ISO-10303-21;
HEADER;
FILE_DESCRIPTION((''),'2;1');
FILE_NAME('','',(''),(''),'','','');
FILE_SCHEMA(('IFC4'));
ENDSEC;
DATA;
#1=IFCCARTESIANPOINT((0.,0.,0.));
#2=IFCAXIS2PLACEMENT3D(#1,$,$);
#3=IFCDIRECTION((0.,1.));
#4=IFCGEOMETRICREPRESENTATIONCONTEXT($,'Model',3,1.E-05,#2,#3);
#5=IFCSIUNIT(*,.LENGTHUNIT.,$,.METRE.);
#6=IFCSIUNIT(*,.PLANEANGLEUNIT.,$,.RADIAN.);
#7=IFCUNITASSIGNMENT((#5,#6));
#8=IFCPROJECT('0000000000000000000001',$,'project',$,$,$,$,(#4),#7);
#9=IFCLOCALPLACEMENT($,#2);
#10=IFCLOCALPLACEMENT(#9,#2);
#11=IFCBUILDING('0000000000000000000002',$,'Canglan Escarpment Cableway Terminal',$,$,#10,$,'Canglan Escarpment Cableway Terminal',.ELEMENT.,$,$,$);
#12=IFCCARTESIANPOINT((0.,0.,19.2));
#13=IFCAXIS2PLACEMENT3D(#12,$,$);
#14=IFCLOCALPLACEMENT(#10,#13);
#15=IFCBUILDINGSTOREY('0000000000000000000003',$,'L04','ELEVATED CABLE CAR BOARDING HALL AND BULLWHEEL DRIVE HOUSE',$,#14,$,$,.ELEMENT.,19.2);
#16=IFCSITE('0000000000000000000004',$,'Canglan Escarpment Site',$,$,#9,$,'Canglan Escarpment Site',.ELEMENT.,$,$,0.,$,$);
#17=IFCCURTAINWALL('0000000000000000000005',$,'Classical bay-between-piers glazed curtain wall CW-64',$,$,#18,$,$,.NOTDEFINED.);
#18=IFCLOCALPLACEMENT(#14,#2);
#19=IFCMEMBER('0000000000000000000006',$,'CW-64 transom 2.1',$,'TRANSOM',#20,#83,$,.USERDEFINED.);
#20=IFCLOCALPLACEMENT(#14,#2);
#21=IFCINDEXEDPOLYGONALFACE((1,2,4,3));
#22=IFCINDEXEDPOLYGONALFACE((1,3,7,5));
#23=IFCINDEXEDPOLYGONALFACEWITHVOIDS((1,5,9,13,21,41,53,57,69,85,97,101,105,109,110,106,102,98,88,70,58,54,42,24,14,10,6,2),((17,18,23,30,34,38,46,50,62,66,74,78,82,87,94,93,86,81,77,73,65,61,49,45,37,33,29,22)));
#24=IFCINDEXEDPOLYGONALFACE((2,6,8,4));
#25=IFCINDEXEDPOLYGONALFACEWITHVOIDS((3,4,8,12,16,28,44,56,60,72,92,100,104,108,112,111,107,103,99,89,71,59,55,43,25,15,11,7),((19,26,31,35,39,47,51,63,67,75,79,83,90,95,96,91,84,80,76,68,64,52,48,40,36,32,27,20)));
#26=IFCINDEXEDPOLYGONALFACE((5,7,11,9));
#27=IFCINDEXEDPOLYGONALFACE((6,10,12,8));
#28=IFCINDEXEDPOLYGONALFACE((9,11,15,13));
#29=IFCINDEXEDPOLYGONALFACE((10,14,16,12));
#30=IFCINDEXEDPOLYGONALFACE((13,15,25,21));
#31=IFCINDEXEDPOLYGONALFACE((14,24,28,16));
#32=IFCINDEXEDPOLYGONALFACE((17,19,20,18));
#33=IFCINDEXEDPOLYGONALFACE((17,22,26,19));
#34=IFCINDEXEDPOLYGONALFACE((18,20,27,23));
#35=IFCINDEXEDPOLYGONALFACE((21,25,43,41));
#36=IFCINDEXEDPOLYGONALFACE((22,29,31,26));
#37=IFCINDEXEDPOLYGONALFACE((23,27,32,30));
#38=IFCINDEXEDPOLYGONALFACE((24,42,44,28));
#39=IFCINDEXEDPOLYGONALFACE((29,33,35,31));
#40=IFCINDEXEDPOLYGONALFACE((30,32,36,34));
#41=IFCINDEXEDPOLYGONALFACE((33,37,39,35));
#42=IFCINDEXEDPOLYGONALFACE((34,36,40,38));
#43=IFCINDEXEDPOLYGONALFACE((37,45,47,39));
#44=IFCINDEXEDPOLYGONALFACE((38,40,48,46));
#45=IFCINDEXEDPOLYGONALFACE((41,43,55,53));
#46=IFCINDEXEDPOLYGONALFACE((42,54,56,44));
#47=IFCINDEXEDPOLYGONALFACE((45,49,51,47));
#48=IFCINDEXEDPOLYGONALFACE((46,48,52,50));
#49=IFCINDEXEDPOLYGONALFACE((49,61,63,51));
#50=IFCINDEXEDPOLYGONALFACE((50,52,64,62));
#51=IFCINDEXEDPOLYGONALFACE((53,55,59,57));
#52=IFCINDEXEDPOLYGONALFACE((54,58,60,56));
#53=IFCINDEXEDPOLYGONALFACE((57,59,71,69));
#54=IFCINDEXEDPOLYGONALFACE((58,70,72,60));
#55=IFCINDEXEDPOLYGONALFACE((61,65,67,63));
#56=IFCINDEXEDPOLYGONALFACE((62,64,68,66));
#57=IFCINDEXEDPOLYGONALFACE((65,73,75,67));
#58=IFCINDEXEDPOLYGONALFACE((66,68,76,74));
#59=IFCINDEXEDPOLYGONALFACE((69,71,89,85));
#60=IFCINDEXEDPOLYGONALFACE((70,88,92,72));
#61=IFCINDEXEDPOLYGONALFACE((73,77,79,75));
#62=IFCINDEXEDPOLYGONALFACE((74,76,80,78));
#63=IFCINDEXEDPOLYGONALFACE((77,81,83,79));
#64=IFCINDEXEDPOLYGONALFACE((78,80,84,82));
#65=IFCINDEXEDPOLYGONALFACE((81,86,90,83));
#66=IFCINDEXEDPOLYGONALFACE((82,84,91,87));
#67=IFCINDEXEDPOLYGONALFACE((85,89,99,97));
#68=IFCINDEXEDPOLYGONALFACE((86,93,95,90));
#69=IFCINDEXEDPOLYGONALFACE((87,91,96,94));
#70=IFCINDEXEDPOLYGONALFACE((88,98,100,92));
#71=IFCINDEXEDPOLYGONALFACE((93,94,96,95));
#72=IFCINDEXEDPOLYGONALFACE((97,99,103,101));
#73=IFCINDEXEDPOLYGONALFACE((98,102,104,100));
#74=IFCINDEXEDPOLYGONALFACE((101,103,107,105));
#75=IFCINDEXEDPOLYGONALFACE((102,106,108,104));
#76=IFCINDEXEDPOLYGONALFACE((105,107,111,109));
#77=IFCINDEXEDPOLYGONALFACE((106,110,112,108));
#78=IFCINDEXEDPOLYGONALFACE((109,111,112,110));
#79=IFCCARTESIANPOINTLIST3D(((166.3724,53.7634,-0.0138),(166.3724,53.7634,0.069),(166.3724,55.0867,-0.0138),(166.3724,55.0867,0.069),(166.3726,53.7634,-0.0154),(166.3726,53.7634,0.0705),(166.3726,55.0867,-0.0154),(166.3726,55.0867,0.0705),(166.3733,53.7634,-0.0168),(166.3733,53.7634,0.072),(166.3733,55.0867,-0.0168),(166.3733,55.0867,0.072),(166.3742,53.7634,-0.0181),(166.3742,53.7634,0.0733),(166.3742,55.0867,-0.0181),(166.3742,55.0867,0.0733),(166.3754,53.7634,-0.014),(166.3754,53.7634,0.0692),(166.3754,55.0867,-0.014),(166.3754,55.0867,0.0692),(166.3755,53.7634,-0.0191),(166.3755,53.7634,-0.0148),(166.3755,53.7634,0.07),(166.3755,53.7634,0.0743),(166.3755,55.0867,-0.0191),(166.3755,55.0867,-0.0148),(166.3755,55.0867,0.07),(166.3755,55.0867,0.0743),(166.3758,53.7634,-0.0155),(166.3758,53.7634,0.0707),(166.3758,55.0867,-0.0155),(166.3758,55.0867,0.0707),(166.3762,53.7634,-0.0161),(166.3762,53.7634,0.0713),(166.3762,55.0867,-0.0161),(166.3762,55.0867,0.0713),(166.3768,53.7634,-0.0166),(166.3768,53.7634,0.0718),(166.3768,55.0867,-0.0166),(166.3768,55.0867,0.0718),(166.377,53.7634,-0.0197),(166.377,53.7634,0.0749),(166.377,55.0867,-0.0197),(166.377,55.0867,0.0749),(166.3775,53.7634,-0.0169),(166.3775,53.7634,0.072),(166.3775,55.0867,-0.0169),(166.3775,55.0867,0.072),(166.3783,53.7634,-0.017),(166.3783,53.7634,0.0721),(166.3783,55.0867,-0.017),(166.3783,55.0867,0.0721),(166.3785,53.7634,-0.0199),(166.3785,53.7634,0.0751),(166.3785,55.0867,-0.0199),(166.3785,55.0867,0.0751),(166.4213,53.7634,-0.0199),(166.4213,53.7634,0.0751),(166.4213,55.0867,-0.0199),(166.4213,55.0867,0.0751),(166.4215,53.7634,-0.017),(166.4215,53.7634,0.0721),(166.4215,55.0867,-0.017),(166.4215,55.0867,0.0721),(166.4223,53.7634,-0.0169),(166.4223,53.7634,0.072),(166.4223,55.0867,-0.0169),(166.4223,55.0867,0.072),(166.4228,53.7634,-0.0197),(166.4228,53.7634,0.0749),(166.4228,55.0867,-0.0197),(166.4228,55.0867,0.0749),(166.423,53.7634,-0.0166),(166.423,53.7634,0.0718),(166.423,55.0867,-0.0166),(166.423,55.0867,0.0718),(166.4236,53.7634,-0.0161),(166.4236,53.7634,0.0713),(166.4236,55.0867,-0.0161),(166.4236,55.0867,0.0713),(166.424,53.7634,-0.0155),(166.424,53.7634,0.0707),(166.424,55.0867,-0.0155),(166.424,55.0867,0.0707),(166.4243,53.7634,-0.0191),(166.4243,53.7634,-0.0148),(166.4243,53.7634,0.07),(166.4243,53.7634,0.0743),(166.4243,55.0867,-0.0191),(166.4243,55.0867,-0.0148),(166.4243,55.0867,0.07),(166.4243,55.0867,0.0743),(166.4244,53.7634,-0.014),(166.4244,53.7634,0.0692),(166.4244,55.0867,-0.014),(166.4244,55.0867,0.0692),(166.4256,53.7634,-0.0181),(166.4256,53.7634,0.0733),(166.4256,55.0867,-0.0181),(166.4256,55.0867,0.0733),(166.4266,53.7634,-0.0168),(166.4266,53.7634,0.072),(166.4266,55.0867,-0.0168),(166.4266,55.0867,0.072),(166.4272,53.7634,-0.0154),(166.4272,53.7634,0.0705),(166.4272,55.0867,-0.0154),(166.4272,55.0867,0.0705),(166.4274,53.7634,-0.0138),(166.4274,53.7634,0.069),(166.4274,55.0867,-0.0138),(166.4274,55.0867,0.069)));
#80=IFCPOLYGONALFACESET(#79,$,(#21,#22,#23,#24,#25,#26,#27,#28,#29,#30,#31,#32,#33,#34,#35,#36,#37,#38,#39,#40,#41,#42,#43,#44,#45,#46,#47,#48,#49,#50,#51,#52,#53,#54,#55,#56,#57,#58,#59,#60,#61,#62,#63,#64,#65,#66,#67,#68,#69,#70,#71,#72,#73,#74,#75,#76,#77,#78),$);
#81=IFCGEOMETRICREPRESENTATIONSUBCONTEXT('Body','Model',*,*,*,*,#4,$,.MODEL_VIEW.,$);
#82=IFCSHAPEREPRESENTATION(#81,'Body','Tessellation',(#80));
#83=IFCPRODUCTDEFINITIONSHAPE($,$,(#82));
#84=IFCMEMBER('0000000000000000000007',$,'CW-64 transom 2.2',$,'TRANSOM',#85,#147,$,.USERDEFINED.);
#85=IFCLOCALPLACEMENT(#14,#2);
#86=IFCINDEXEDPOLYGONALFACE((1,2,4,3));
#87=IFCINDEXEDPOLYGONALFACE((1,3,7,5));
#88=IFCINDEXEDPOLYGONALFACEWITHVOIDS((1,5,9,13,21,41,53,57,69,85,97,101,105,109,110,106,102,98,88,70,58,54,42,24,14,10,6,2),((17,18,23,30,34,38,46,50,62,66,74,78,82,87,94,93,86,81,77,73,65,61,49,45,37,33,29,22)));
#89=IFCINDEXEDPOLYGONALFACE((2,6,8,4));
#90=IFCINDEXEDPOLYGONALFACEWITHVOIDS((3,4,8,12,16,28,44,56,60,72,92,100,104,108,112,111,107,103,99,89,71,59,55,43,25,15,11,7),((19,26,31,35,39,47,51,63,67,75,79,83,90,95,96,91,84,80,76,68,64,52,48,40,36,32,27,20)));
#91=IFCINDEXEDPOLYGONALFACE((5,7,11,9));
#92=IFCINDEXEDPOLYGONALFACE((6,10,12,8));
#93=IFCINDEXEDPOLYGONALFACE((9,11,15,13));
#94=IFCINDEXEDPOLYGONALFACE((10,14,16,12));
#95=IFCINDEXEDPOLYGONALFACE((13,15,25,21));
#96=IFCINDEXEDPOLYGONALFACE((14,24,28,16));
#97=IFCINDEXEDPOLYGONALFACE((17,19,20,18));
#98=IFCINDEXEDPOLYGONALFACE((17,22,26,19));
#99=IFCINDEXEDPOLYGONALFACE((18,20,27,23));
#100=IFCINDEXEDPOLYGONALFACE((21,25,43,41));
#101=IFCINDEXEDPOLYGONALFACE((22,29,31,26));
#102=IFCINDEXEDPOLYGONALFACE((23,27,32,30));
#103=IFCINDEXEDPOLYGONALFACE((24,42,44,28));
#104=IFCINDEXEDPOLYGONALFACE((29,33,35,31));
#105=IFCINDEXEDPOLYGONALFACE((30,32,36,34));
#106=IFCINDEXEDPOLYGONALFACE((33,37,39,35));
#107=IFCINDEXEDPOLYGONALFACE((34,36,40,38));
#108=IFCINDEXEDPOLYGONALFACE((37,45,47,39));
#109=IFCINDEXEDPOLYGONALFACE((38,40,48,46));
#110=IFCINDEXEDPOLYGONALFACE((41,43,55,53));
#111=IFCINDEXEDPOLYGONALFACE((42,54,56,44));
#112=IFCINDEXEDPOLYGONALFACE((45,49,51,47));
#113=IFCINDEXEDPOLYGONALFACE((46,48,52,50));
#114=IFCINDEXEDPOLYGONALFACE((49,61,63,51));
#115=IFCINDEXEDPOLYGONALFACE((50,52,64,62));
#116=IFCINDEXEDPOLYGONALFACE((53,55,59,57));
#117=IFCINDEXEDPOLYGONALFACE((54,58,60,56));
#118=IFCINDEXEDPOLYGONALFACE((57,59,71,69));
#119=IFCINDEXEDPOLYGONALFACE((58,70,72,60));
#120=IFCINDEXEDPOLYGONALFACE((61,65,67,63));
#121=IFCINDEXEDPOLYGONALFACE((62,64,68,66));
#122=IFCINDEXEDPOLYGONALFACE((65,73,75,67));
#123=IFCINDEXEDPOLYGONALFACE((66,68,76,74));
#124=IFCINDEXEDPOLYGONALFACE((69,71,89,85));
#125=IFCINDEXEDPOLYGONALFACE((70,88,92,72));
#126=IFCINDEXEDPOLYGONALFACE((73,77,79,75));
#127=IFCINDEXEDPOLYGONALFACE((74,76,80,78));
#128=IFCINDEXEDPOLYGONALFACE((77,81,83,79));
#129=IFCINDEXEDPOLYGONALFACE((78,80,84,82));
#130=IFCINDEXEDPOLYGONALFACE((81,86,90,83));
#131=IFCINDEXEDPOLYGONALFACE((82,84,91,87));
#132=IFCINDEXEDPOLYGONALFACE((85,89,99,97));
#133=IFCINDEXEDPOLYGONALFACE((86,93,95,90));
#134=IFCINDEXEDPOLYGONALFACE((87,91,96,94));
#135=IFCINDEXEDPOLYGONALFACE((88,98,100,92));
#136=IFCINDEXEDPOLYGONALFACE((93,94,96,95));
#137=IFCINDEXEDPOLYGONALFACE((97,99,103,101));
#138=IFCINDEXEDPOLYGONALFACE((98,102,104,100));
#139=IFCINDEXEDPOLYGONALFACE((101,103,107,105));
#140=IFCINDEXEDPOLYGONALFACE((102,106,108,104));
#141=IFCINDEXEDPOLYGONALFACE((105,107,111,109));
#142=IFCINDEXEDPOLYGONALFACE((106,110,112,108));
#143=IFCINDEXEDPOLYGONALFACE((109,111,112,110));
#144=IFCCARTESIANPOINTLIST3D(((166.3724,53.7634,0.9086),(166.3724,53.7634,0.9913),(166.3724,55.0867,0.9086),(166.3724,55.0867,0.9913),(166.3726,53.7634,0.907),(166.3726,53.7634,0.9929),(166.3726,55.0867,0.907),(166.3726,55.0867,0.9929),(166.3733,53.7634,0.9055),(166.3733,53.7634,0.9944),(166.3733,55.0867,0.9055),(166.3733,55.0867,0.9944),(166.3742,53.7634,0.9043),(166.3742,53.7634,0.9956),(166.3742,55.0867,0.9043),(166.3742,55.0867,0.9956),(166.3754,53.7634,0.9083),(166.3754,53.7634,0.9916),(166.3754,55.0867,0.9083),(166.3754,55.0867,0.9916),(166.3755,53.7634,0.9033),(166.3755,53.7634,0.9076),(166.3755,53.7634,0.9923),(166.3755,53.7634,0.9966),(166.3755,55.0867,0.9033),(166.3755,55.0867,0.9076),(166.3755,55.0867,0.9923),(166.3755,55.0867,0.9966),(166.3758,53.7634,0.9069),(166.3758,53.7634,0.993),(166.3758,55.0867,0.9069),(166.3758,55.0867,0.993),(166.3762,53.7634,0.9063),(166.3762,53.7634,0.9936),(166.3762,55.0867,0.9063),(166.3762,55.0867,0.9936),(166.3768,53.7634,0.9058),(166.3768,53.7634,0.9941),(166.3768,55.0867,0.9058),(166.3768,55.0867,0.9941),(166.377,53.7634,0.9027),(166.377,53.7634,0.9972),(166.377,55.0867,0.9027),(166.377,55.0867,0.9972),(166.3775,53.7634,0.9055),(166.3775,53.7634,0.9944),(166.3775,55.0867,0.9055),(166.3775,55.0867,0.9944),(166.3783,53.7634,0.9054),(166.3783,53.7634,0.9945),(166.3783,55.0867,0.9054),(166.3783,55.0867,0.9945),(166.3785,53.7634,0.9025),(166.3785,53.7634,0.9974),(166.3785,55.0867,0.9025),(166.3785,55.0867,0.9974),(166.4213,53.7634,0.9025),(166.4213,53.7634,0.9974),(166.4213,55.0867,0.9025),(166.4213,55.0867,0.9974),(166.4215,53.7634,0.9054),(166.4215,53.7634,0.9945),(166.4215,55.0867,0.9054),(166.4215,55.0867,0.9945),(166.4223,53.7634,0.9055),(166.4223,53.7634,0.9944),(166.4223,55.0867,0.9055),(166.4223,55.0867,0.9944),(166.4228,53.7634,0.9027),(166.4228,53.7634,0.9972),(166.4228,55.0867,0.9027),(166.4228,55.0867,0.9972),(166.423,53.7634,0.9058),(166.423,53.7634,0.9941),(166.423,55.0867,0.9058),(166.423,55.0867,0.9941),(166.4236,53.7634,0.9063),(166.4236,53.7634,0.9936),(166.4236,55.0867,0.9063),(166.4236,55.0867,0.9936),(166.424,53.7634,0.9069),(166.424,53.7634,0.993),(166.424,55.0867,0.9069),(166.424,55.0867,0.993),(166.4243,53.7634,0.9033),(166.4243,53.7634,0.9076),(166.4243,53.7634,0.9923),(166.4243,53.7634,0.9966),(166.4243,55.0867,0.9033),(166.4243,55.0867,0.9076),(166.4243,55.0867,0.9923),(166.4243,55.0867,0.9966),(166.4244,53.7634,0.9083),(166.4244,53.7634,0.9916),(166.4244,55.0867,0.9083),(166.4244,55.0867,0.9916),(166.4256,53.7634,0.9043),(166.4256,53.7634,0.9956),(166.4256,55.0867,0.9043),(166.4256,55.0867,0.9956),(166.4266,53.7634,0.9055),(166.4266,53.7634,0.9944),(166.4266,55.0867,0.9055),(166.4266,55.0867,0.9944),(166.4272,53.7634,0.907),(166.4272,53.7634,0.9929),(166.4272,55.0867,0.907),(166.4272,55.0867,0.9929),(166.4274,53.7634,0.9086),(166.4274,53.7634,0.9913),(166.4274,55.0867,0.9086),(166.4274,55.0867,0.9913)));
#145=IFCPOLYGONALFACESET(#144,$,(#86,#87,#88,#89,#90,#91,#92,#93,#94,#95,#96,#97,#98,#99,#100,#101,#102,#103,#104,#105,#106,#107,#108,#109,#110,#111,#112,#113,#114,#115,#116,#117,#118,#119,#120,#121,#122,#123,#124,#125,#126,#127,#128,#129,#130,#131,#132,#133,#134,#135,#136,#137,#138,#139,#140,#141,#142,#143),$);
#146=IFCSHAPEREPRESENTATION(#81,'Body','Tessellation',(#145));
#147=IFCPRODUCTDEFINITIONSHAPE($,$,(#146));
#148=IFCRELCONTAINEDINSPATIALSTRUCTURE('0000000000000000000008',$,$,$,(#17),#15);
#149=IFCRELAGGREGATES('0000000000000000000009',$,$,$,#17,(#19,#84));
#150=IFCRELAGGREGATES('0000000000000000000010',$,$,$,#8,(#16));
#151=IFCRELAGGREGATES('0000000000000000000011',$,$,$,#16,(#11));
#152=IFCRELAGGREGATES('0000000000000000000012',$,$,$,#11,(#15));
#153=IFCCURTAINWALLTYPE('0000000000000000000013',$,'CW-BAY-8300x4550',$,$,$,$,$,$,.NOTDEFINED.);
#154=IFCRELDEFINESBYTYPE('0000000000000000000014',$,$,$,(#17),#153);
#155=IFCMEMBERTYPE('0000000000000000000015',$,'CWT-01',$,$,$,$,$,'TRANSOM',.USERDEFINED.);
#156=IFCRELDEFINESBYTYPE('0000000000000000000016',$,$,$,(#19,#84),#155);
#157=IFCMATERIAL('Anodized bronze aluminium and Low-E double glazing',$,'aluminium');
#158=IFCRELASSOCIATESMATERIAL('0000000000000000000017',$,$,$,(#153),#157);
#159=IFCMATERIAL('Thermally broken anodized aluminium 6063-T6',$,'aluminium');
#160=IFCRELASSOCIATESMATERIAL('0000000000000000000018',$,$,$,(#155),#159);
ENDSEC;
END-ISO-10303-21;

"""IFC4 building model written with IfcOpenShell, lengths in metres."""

from ifc_helpers import new_model, si_unit, direction, frame, origin, origin_2d, place, context, subcontext, project, spatial, hollow_rectangle, extrude, material, material_profile, profile_set, type_object, element, aggregate, save


model = new_model("IFC4")

# Units and contexts
model_context = context("Model", 3, precision=1e-05, world=origin(), true_north=direction((0.0, 1.0)))
body_context = subcontext(model_context, "Body", "Model", "MODEL_VIEW")
ifc_project = project(units=[si_unit("LENGTHUNIT", "METRE"), si_unit("PLANEANGLEUNIT", "RADIAN")], contexts=[model_context])

# Site, building, storey
site_placement = place(None, origin())
site = spatial("IfcSite", under=ifc_project, at=site_placement, Name="Canglan Escarpment Site", LongName="Canglan Escarpment Site", CompositionType="ELEMENT", RefElevation=0.0)
building_placement = place(site_placement, origin())
building = spatial("IfcBuilding", under=site, at=building_placement, Name="Canglan Escarpment Cableway Terminal", LongName="Canglan Escarpment Cableway Terminal", CompositionType="ELEMENT")
storey_placement = place(building_placement, frame((0.0, 0.0, 19.2)))
storey = spatial("IfcBuildingStorey", under=building, at=storey_placement, Name="L04", Description="ELEVATED CABLE CAR BOARDING HALL AND BULLWHEEL DRIVE HOUSE", CompositionType="ELEMENT", Elevation=19.2)

# Curtain wall, members
ifc_material_1 = material(Name="Anodized bronze aluminium and Low-E double glazing", Category="aluminium")
curtain_wall_type = type_object("IfcCurtainWallType", Name="CW-BAY-8300x4550", PredefinedType="NOTDEFINED", material=ifc_material_1)
curtain_wall_placement = place(storey_placement, origin())
curtain_wall = element("IfcCurtainWall", 1, at=curtain_wall_placement, inside=storey, type_object=curtain_wall_type, Name="Classical bay-between-piers glazed curtain wall CW-64", PredefinedType="NOTDEFINED")
ifc_material_2 = material(Name="Thermally broken anodized aluminium 6063-T6", Category="aluminium")
ifc_material_profile_1 = material_profile(ifc_material_2, hollow_rectangle(XDim=0.0549, YDim=0.095, WallThickness=0.0029, InnerFilletRadius=0.0029, OuterFilletRadius=0.0061, at=origin_2d()), Name="ALU-TRAN 55x95x3")
ifc_profile_set_1 = profile_set([ifc_material_profile_1], Name="Thermally broken anodized aluminium 6063-T6")
member_type_1 = type_object("IfcMemberType", Name="CWT-01", ElementType="TRANSOM", PredefinedType="USERDEFINED", material=ifc_profile_set_1)
member_1_placement = place(storey_placement, frame((166.3999, 53.7634, 0.0276), z_axis=(0.0, 1.0, 0.0), x_axis=(-1.0, 0.0, 0.0)))
member_1 = element("IfcMember", 2, at=member_1_placement, type_object=member_type_1, Name="CW-64 transom 2.1", ObjectType="TRANSOM", PredefinedType="USERDEFINED", context=body_context, shape_type="SweptSolid", body=[
    extrude(hollow_rectangle(XDim=0.0549, YDim=0.095, WallThickness=0.0029, InnerFilletRadius=0.0029, OuterFilletRadius=0.0061, at=origin_2d()), origin(), (0.0, 0.0, 1.0), 1.3232),
])
member_2_placement = place(storey_placement, frame((166.3999, 53.7634, 0.95), z_axis=(0.0, 1.0, 0.0), x_axis=(-1.0, 0.0, 0.0)))
member_2 = element("IfcMember", 3, at=member_2_placement, type_object=member_type_1, Name="CW-64 transom 2.2", ObjectType="TRANSOM", PredefinedType="USERDEFINED", context=body_context, shape_type="SweptSolid", body=[
    extrude(hollow_rectangle(XDim=0.0549, YDim=0.095, WallThickness=0.0029, InnerFilletRadius=0.0029, OuterFilletRadius=0.0061, at=origin_2d()), origin(), (0.0, 0.0, 1.0), 1.3232),
])
aggregate(curtain_wall, [member_1, member_2])

save(model, "model.ifc")
